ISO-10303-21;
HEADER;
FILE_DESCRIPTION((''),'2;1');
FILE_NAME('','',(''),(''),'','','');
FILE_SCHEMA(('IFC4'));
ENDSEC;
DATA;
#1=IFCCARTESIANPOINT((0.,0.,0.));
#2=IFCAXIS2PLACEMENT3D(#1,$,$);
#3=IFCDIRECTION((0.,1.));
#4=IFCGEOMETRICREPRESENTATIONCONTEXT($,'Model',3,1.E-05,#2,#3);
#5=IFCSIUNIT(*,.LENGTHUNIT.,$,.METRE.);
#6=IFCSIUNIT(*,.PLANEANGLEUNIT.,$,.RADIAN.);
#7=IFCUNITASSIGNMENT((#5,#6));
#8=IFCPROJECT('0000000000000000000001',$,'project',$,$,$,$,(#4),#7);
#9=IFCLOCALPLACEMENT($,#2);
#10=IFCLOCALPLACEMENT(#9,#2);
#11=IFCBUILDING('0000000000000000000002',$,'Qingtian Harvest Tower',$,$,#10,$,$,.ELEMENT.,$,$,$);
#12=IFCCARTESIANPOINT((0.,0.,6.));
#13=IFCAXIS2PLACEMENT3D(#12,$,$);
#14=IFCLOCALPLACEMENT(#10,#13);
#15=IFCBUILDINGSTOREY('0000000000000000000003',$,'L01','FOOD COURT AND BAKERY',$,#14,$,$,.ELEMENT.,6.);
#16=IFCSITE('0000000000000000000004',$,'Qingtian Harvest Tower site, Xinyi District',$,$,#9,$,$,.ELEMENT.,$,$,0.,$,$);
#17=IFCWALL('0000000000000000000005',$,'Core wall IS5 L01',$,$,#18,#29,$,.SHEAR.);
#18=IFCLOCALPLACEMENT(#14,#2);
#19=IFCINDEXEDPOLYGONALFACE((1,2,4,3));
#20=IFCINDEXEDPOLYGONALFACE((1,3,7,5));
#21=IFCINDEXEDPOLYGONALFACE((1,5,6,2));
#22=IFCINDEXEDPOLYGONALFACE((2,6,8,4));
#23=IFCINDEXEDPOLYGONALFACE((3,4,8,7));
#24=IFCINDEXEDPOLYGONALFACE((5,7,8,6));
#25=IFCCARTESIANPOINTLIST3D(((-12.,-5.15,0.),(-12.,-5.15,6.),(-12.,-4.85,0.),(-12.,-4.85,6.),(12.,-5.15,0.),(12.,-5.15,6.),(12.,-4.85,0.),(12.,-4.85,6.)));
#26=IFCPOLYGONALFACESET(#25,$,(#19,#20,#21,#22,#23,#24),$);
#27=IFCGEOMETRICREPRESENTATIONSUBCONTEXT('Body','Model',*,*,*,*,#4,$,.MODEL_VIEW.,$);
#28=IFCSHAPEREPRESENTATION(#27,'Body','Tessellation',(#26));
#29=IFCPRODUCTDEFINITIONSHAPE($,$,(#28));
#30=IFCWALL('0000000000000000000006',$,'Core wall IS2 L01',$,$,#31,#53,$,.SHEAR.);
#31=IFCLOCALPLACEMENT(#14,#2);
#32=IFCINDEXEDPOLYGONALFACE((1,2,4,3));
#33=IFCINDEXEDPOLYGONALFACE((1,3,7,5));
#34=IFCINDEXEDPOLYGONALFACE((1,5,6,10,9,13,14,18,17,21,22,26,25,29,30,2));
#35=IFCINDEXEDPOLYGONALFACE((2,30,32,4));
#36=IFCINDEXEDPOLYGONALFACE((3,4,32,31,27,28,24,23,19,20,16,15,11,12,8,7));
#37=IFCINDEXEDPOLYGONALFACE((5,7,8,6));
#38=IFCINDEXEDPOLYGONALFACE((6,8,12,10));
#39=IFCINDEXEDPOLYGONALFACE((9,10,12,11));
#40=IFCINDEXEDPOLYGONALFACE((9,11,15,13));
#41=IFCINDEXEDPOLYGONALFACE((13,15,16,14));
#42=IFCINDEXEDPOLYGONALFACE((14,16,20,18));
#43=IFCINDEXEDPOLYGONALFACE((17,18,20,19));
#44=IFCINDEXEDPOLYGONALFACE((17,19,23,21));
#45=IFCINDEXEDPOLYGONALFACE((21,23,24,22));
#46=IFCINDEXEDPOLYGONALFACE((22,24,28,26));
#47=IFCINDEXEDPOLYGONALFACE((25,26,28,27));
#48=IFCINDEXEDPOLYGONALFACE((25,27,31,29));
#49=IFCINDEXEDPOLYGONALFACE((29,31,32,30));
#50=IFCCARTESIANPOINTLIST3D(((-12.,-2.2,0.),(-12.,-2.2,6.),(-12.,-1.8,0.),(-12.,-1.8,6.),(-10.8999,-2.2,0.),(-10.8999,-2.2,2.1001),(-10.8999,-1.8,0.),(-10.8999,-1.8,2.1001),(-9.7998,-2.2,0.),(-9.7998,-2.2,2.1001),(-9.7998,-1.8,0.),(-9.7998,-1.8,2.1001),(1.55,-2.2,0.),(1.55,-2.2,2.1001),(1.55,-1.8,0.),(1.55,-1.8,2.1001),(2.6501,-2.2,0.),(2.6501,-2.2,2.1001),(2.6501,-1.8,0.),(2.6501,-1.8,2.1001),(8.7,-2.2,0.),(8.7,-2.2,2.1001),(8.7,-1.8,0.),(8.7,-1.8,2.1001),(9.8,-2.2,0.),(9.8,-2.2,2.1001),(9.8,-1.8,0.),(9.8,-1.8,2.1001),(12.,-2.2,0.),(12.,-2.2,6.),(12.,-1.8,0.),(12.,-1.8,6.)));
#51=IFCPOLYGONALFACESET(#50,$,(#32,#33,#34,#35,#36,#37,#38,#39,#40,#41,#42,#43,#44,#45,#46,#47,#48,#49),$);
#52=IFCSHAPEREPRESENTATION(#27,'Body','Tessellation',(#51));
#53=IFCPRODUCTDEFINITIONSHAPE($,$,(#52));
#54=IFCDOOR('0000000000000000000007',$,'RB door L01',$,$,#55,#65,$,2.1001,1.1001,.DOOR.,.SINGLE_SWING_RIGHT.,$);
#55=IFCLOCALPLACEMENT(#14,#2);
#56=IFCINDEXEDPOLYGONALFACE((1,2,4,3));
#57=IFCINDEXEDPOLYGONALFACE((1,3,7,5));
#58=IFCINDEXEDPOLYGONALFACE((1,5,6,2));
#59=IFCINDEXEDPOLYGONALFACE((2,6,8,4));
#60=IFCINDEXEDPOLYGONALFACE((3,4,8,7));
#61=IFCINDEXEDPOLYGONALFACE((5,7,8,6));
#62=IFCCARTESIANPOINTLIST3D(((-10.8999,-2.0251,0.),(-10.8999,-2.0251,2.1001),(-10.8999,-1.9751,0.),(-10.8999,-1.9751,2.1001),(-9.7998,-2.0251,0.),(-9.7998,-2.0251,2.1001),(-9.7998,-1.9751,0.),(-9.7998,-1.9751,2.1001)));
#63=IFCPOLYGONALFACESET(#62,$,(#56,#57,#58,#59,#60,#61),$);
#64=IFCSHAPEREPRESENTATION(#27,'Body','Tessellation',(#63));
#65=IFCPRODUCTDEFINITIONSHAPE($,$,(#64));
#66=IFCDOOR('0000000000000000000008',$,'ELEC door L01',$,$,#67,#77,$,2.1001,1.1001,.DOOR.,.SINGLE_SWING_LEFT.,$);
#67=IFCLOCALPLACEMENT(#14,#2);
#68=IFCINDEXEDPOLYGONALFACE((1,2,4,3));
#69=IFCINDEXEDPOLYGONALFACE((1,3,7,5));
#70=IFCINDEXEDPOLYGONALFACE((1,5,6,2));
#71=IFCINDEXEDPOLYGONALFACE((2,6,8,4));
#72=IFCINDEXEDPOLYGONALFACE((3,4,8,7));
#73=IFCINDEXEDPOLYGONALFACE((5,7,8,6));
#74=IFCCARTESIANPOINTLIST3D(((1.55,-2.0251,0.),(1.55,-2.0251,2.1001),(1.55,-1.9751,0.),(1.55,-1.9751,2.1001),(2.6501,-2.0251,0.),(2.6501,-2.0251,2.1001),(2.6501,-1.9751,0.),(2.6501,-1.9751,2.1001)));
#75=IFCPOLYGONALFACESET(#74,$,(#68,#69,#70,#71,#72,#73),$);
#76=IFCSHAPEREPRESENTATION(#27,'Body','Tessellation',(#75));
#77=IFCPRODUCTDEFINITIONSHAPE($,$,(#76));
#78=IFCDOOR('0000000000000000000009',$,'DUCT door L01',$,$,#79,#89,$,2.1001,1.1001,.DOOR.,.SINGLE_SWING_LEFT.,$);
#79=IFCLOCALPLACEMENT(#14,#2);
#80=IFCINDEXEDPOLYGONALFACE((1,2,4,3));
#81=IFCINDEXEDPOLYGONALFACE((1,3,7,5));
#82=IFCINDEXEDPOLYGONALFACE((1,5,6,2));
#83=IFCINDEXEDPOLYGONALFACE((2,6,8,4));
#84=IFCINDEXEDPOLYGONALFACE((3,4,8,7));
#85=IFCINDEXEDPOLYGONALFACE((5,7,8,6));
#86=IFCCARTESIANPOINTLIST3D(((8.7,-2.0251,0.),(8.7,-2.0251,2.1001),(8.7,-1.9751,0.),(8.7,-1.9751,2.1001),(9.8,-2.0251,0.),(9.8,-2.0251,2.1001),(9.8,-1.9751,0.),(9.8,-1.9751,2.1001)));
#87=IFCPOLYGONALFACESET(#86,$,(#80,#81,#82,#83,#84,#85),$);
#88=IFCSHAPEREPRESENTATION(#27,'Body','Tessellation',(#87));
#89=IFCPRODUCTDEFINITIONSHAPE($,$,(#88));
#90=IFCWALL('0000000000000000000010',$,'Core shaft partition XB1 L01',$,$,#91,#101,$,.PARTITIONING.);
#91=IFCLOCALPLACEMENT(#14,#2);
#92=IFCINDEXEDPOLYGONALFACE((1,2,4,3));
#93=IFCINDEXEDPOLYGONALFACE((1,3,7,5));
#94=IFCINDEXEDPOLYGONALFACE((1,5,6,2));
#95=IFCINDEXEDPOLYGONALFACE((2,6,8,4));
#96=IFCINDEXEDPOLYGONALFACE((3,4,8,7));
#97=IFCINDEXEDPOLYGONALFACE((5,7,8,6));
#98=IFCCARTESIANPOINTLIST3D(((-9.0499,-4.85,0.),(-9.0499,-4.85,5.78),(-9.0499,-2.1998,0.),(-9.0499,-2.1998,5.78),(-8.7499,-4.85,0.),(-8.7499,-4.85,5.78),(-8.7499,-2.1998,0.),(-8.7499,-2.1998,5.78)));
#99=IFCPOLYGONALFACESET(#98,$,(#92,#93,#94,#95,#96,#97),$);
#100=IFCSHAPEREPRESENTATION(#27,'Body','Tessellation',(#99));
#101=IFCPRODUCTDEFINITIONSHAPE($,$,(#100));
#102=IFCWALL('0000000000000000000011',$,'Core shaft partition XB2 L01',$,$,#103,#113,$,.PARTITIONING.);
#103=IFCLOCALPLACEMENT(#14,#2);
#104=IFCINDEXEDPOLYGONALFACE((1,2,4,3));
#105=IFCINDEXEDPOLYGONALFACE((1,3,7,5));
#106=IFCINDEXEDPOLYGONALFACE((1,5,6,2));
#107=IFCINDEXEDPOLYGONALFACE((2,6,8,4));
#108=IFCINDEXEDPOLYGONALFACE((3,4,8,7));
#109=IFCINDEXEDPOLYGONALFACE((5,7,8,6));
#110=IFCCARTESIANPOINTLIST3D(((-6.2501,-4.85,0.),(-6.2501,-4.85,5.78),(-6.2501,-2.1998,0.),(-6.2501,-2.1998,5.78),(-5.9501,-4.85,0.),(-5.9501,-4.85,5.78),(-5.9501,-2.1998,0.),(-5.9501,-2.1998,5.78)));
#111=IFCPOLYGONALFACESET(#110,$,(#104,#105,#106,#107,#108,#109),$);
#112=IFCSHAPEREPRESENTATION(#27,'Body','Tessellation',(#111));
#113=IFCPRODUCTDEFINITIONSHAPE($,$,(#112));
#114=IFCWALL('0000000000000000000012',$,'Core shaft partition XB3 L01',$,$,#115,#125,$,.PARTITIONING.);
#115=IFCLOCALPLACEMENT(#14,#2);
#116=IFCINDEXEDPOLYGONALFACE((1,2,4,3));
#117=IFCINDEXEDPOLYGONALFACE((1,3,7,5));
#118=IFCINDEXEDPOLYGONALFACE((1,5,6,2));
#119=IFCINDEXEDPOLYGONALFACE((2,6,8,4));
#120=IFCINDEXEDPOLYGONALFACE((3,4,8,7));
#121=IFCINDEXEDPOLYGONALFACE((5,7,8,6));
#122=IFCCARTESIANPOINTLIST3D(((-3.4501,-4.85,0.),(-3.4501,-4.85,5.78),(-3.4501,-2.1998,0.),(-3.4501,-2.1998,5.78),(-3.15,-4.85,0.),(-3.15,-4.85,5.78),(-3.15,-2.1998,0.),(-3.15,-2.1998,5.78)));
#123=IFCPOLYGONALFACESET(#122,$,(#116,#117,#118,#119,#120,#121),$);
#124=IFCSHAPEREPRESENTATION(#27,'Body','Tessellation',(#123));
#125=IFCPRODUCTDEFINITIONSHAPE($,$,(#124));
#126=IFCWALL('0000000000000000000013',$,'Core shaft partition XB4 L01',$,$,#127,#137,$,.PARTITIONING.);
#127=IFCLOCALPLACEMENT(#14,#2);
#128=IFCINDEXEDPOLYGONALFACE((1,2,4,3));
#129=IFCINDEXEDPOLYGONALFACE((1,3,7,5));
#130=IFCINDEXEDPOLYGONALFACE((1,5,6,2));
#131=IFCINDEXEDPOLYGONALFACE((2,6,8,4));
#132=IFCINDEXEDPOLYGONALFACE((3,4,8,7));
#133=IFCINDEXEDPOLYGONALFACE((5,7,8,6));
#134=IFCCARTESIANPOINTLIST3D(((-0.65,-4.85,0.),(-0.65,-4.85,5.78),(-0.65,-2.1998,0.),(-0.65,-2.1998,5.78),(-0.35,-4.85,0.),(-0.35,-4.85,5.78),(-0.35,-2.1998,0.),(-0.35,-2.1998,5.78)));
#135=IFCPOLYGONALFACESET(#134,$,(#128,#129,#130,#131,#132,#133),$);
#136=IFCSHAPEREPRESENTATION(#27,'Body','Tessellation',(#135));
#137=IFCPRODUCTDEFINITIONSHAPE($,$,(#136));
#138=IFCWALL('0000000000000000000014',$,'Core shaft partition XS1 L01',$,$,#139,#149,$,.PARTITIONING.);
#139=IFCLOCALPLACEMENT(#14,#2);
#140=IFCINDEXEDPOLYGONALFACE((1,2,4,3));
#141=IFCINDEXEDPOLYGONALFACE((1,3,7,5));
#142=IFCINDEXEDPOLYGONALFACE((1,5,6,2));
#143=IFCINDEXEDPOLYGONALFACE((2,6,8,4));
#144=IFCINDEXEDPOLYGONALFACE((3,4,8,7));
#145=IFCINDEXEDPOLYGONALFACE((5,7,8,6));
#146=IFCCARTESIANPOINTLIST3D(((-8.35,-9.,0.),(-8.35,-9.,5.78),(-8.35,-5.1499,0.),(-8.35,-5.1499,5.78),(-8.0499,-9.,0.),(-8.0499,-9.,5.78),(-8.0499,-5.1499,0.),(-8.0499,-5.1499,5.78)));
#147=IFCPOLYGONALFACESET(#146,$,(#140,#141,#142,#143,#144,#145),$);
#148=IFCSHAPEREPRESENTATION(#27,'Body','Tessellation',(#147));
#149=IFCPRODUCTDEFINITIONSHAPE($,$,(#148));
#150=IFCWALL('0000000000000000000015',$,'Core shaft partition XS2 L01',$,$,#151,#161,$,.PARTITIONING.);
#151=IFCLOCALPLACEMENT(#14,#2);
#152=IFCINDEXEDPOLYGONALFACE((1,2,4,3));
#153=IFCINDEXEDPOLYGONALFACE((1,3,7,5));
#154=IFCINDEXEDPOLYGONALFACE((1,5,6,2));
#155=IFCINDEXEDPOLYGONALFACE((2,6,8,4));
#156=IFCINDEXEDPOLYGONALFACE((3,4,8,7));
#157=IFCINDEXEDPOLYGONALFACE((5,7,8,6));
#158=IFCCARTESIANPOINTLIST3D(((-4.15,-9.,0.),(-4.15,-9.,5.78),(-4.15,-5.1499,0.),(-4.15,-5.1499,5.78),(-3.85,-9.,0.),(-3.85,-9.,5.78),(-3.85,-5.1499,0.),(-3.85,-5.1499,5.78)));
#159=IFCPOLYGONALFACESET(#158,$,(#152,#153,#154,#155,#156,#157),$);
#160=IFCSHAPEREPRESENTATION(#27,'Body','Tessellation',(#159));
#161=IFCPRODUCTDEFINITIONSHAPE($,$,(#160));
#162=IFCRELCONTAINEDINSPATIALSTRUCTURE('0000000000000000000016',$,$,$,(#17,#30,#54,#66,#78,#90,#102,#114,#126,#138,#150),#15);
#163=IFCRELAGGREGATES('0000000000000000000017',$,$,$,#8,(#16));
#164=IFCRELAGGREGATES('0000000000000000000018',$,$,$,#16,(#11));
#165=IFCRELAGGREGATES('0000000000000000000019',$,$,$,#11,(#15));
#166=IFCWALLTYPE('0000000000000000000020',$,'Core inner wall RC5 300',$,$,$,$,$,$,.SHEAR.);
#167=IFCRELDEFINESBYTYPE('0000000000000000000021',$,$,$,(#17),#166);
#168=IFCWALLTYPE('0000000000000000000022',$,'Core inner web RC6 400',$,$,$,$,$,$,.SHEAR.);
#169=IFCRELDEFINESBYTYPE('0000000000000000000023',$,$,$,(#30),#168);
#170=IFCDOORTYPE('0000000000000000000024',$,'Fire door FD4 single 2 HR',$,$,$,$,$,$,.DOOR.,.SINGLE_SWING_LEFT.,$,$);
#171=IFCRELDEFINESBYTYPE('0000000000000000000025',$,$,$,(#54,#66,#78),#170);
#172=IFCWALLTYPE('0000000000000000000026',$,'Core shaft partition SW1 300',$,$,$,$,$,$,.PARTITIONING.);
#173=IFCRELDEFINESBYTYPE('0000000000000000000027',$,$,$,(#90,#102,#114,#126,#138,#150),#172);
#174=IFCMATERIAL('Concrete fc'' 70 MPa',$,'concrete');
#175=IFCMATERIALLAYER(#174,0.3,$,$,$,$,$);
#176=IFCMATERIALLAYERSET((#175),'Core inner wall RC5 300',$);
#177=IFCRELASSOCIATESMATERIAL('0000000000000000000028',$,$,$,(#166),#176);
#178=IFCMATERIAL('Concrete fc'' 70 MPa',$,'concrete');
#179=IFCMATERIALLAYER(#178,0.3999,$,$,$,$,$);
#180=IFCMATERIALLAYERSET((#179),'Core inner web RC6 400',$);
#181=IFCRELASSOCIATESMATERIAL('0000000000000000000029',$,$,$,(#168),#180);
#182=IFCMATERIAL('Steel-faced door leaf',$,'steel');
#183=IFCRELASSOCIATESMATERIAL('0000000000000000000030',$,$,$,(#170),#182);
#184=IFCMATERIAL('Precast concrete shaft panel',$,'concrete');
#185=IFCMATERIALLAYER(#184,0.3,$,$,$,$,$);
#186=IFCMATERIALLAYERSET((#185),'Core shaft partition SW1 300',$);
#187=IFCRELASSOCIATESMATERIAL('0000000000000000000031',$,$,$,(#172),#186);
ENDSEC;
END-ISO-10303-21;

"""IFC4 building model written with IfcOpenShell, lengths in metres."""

from ifc_helpers import new_model, si_unit, direction, frame, frame_2d, origin, place, context, subcontext, project, spatial, rectangle, extrude, material, layer, layer_set, type_object, element, fill, save


model = new_model("IFC4")

# Units and contexts
model_context = context("Model", 3, precision=1e-05, world=origin(), true_north=direction((0.0, 1.0)))
body_context = subcontext(model_context, "Body", "Model", "MODEL_VIEW")
ifc_project = project(units=[si_unit("LENGTHUNIT", "METRE"), si_unit("PLANEANGLEUNIT", "RADIAN")], contexts=[model_context])

# Site, building, storey
site_placement = place(None, origin())
site = spatial("IfcSite", under=ifc_project, at=site_placement, Name="Qingtian Harvest Tower site, Xinyi District", CompositionType="ELEMENT", RefElevation=0.0)
building_placement = place(site_placement, origin())
building = spatial("IfcBuilding", under=site, at=building_placement, Name="Qingtian Harvest Tower", CompositionType="ELEMENT")
storey_placement = place(building_placement, frame((0.0, 0.0, 6.0)))
storey = spatial("IfcBuildingStorey", under=building, at=storey_placement, Name="L01", Description="FOOD COURT AND BAKERY", CompositionType="ELEMENT", Elevation=6.0)

# Wall
ifc_material_1 = material(Name="Concrete fc' 70 MPa", Category="concrete")
ifc_layer_1 = layer(ifc_material_1, 0.3)
ifc_layer_set_1 = layer_set([ifc_layer_1], Name="Core inner wall RC5 300")
wall_type_1 = type_object("IfcWallType", Name="Core inner wall RC5 300", PredefinedType="SHEAR", material=ifc_layer_set_1)
wall_1_placement = place(storey_placement, frame((-12.0, -5.0, 0.0), z_axis=(0.0, 0.0, 1.0), x_axis=(1.0, 0.0, 0.0)))
element("IfcWall", 1, at=wall_1_placement, inside=storey, type_object=wall_type_1, Name="Core wall IS5 L01", PredefinedType="SHEAR", context=body_context, shape_type="SweptSolid", body=[
    extrude(rectangle(XDim=24.0, YDim=0.3, at=frame_2d((12.0, 0.0))), origin(), (0.0, 0.0, 1.0), 6.0),
])

# Wall, openings, doors
ifc_material_2 = material(Name="Concrete fc' 70 MPa", Category="concrete")
ifc_layer_2 = layer(ifc_material_2, 0.3999)
ifc_layer_set_2 = layer_set([ifc_layer_2], Name="Core inner web RC6 400")
wall_type_2 = type_object("IfcWallType", Name="Core inner web RC6 400", PredefinedType="SHEAR", material=ifc_layer_set_2)
wall_2_placement = place(storey_placement, frame((-12.0, -2.0, 0.0), z_axis=(0.0, 0.0, 1.0), x_axis=(1.0, 0.0, 0.0)))
wall_2 = element("IfcWall", 2, at=wall_2_placement, inside=storey, type_object=wall_type_2, Name="Core wall IS2 L01", PredefinedType="SHEAR", context=body_context, shape_type="SweptSolid", body=[
    extrude(rectangle(XDim=24.0, YDim=0.3999, at=frame_2d((12.0, 0.0))), origin(), (0.0, 0.0, 1.0), 6.0),
])
opening_1_placement = place(wall_2_placement, frame((1.1001, 0.0, 0.0)))
opening_1 = element("IfcOpeningElement", 3, at=opening_1_placement, cuts=wall_2, PredefinedType="OPENING", context=body_context, shape_type="SweptSolid", body=[
    extrude(rectangle(XDim=1.1001, YDim=2.1001, at=frame_2d((0.55, 1.05))), frame((0.0, 0.21, 0.0), z_axis=(0.0, -1.0, 0.0), x_axis=(1.0, 0.0, 0.0)), (0.0, 0.0, 1.0), 0.4199),
])
opening_2_placement = place(wall_2_placement, frame((13.55, 0.0, 0.0)))
opening_2 = element("IfcOpeningElement", 4, at=opening_2_placement, cuts=wall_2, PredefinedType="OPENING", context=body_context, shape_type="SweptSolid", body=[
    extrude(rectangle(XDim=1.1001, YDim=2.1001, at=frame_2d((0.55, 1.05))), frame((0.0, 0.21, 0.0), z_axis=(0.0, -1.0, 0.0), x_axis=(1.0, 0.0, 0.0)), (0.0, 0.0, 1.0), 0.4199),
])
opening_3_placement = place(wall_2_placement, frame((20.7, 0.0, 0.0)))
opening_3 = element("IfcOpeningElement", 5, at=opening_3_placement, cuts=wall_2, PredefinedType="OPENING", context=body_context, shape_type="SweptSolid", body=[
    extrude(rectangle(XDim=1.1001, YDim=2.1001, at=frame_2d((0.55, 1.05))), frame((0.0, 0.21, 0.0), z_axis=(0.0, -1.0, 0.0), x_axis=(1.0, 0.0, 0.0)), (0.0, 0.0, 1.0), 0.4199),
])
ifc_material_3 = material(Name="Steel-faced door leaf", Category="steel")
door_type_1 = type_object("IfcDoorType", Name="Fire door FD4 single 2 HR", OperationType="SINGLE_SWING_LEFT", PredefinedType="DOOR", material=ifc_material_3)
door_1_placement = place(opening_1_placement, origin())
door_1 = element("IfcDoor", 6, at=door_1_placement, inside=storey, type_object=door_type_1, Name="RB door L01", OperationType="SINGLE_SWING_RIGHT", OverallHeight=2.1001, OverallWidth=1.1001, PredefinedType="DOOR", context=body_context, shape_type="SweptSolid", body=[
    extrude(rectangle(XDim=1.1001, YDim=2.1001, at=frame_2d((0.55, 1.05))), frame((0.0, 0.0249, 0.0), z_axis=(0.0, -1.0, 0.0), x_axis=(1.0, 0.0, 0.0)), (0.0, 0.0, 1.0), 0.05),
])
fill(opening_1, door_1)
door_2_placement = place(opening_2_placement, origin())
door_2 = element("IfcDoor", 7, at=door_2_placement, inside=storey, type_object=door_type_1, Name="ELEC door L01", OperationType="SINGLE_SWING_LEFT", OverallHeight=2.1001, OverallWidth=1.1001, PredefinedType="DOOR", context=body_context, shape_type="SweptSolid", body=[
    extrude(rectangle(XDim=1.1001, YDim=2.1001, at=frame_2d((0.55, 1.05))), frame((0.0, 0.0249, 0.0), z_axis=(0.0, -1.0, 0.0), x_axis=(1.0, 0.0, 0.0)), (0.0, 0.0, 1.0), 0.05),
])
fill(opening_2, door_2)
door_3_placement = place(opening_3_placement, origin())
door_3 = element("IfcDoor", 8, at=door_3_placement, inside=storey, type_object=door_type_1, Name="DUCT door L01", OperationType="SINGLE_SWING_LEFT", OverallHeight=2.1001, OverallWidth=1.1001, PredefinedType="DOOR", context=body_context, shape_type="SweptSolid", body=[
    extrude(rectangle(XDim=1.1001, YDim=2.1001, at=frame_2d((0.55, 1.05))), frame((0.0, 0.0249, 0.0), z_axis=(0.0, -1.0, 0.0), x_axis=(1.0, 0.0, 0.0)), (0.0, 0.0, 1.0), 0.05),
])
fill(opening_3, door_3)

# Walls
ifc_material_4 = material(Name="Precast concrete shaft panel", Category="concrete")
ifc_layer_3 = layer(ifc_material_4, 0.3)
ifc_layer_set_3 = layer_set([ifc_layer_3], Name="Core shaft partition SW1 300")
wall_type_3 = type_object("IfcWallType", Name="Core shaft partition SW1 300", PredefinedType="PARTITIONING", material=ifc_layer_set_3)
for number, where, z_axis, x_axis, name in (
    (9, (-8.8999, -4.8501, 0.0), (0.0, 0.0, 1.0), (0.0, 1.0, 0.0), "Core shaft partition XB1 L01"),
    (10, (-6.1001, -4.8501, 0.0), (0.0, 0.0, 1.0), (0.0, 1.0, 0.0), "Core shaft partition XB2 L01"),
    (11, (-3.3, -4.8501, 0.0), (0.0, 0.0, 1.0), (0.0, 1.0, 0.0), "Core shaft partition XB3 L01"),
    (12, (-0.5, -4.8501, 0.0), (0.0, 0.0, 1.0), (0.0, 1.0, 0.0), "Core shaft partition XB4 L01"),
):
    element("IfcWall", number, at=place(storey_placement, frame(where, z_axis=z_axis, x_axis=x_axis)), inside=storey, type_object=wall_type_3, Name=name, PredefinedType="PARTITIONING", context=body_context, shape_type="SweptSolid", body=[
        extrude(rectangle(XDim=2.6501, YDim=0.3, at=frame_2d((1.3252, 0.0))), origin(), (0.0, 0.0, 1.0), 5.78),
    ])
for number, where, z_axis, x_axis, name in (
    (13, (-8.2, -9.0, 0.0), (0.0, 0.0, 1.0), (0.0, 1.0, 0.0), "Core shaft partition XS1 L01"),
    (14, (-4.0, -9.0, 0.0), (0.0, 0.0, 1.0), (0.0, 1.0, 0.0), "Core shaft partition XS2 L01"),
):
    element("IfcWall", number, at=place(storey_placement, frame(where, z_axis=z_axis, x_axis=x_axis)), inside=storey, type_object=wall_type_3, Name=name, PredefinedType="PARTITIONING", context=body_context, shape_type="SweptSolid", body=[
        extrude(rectangle(XDim=3.8501, YDim=0.3, at=frame_2d((1.925, 0.0))), origin(), (0.0, 0.0, 1.0), 5.78),
    ])

save(model, "model.ifc")
